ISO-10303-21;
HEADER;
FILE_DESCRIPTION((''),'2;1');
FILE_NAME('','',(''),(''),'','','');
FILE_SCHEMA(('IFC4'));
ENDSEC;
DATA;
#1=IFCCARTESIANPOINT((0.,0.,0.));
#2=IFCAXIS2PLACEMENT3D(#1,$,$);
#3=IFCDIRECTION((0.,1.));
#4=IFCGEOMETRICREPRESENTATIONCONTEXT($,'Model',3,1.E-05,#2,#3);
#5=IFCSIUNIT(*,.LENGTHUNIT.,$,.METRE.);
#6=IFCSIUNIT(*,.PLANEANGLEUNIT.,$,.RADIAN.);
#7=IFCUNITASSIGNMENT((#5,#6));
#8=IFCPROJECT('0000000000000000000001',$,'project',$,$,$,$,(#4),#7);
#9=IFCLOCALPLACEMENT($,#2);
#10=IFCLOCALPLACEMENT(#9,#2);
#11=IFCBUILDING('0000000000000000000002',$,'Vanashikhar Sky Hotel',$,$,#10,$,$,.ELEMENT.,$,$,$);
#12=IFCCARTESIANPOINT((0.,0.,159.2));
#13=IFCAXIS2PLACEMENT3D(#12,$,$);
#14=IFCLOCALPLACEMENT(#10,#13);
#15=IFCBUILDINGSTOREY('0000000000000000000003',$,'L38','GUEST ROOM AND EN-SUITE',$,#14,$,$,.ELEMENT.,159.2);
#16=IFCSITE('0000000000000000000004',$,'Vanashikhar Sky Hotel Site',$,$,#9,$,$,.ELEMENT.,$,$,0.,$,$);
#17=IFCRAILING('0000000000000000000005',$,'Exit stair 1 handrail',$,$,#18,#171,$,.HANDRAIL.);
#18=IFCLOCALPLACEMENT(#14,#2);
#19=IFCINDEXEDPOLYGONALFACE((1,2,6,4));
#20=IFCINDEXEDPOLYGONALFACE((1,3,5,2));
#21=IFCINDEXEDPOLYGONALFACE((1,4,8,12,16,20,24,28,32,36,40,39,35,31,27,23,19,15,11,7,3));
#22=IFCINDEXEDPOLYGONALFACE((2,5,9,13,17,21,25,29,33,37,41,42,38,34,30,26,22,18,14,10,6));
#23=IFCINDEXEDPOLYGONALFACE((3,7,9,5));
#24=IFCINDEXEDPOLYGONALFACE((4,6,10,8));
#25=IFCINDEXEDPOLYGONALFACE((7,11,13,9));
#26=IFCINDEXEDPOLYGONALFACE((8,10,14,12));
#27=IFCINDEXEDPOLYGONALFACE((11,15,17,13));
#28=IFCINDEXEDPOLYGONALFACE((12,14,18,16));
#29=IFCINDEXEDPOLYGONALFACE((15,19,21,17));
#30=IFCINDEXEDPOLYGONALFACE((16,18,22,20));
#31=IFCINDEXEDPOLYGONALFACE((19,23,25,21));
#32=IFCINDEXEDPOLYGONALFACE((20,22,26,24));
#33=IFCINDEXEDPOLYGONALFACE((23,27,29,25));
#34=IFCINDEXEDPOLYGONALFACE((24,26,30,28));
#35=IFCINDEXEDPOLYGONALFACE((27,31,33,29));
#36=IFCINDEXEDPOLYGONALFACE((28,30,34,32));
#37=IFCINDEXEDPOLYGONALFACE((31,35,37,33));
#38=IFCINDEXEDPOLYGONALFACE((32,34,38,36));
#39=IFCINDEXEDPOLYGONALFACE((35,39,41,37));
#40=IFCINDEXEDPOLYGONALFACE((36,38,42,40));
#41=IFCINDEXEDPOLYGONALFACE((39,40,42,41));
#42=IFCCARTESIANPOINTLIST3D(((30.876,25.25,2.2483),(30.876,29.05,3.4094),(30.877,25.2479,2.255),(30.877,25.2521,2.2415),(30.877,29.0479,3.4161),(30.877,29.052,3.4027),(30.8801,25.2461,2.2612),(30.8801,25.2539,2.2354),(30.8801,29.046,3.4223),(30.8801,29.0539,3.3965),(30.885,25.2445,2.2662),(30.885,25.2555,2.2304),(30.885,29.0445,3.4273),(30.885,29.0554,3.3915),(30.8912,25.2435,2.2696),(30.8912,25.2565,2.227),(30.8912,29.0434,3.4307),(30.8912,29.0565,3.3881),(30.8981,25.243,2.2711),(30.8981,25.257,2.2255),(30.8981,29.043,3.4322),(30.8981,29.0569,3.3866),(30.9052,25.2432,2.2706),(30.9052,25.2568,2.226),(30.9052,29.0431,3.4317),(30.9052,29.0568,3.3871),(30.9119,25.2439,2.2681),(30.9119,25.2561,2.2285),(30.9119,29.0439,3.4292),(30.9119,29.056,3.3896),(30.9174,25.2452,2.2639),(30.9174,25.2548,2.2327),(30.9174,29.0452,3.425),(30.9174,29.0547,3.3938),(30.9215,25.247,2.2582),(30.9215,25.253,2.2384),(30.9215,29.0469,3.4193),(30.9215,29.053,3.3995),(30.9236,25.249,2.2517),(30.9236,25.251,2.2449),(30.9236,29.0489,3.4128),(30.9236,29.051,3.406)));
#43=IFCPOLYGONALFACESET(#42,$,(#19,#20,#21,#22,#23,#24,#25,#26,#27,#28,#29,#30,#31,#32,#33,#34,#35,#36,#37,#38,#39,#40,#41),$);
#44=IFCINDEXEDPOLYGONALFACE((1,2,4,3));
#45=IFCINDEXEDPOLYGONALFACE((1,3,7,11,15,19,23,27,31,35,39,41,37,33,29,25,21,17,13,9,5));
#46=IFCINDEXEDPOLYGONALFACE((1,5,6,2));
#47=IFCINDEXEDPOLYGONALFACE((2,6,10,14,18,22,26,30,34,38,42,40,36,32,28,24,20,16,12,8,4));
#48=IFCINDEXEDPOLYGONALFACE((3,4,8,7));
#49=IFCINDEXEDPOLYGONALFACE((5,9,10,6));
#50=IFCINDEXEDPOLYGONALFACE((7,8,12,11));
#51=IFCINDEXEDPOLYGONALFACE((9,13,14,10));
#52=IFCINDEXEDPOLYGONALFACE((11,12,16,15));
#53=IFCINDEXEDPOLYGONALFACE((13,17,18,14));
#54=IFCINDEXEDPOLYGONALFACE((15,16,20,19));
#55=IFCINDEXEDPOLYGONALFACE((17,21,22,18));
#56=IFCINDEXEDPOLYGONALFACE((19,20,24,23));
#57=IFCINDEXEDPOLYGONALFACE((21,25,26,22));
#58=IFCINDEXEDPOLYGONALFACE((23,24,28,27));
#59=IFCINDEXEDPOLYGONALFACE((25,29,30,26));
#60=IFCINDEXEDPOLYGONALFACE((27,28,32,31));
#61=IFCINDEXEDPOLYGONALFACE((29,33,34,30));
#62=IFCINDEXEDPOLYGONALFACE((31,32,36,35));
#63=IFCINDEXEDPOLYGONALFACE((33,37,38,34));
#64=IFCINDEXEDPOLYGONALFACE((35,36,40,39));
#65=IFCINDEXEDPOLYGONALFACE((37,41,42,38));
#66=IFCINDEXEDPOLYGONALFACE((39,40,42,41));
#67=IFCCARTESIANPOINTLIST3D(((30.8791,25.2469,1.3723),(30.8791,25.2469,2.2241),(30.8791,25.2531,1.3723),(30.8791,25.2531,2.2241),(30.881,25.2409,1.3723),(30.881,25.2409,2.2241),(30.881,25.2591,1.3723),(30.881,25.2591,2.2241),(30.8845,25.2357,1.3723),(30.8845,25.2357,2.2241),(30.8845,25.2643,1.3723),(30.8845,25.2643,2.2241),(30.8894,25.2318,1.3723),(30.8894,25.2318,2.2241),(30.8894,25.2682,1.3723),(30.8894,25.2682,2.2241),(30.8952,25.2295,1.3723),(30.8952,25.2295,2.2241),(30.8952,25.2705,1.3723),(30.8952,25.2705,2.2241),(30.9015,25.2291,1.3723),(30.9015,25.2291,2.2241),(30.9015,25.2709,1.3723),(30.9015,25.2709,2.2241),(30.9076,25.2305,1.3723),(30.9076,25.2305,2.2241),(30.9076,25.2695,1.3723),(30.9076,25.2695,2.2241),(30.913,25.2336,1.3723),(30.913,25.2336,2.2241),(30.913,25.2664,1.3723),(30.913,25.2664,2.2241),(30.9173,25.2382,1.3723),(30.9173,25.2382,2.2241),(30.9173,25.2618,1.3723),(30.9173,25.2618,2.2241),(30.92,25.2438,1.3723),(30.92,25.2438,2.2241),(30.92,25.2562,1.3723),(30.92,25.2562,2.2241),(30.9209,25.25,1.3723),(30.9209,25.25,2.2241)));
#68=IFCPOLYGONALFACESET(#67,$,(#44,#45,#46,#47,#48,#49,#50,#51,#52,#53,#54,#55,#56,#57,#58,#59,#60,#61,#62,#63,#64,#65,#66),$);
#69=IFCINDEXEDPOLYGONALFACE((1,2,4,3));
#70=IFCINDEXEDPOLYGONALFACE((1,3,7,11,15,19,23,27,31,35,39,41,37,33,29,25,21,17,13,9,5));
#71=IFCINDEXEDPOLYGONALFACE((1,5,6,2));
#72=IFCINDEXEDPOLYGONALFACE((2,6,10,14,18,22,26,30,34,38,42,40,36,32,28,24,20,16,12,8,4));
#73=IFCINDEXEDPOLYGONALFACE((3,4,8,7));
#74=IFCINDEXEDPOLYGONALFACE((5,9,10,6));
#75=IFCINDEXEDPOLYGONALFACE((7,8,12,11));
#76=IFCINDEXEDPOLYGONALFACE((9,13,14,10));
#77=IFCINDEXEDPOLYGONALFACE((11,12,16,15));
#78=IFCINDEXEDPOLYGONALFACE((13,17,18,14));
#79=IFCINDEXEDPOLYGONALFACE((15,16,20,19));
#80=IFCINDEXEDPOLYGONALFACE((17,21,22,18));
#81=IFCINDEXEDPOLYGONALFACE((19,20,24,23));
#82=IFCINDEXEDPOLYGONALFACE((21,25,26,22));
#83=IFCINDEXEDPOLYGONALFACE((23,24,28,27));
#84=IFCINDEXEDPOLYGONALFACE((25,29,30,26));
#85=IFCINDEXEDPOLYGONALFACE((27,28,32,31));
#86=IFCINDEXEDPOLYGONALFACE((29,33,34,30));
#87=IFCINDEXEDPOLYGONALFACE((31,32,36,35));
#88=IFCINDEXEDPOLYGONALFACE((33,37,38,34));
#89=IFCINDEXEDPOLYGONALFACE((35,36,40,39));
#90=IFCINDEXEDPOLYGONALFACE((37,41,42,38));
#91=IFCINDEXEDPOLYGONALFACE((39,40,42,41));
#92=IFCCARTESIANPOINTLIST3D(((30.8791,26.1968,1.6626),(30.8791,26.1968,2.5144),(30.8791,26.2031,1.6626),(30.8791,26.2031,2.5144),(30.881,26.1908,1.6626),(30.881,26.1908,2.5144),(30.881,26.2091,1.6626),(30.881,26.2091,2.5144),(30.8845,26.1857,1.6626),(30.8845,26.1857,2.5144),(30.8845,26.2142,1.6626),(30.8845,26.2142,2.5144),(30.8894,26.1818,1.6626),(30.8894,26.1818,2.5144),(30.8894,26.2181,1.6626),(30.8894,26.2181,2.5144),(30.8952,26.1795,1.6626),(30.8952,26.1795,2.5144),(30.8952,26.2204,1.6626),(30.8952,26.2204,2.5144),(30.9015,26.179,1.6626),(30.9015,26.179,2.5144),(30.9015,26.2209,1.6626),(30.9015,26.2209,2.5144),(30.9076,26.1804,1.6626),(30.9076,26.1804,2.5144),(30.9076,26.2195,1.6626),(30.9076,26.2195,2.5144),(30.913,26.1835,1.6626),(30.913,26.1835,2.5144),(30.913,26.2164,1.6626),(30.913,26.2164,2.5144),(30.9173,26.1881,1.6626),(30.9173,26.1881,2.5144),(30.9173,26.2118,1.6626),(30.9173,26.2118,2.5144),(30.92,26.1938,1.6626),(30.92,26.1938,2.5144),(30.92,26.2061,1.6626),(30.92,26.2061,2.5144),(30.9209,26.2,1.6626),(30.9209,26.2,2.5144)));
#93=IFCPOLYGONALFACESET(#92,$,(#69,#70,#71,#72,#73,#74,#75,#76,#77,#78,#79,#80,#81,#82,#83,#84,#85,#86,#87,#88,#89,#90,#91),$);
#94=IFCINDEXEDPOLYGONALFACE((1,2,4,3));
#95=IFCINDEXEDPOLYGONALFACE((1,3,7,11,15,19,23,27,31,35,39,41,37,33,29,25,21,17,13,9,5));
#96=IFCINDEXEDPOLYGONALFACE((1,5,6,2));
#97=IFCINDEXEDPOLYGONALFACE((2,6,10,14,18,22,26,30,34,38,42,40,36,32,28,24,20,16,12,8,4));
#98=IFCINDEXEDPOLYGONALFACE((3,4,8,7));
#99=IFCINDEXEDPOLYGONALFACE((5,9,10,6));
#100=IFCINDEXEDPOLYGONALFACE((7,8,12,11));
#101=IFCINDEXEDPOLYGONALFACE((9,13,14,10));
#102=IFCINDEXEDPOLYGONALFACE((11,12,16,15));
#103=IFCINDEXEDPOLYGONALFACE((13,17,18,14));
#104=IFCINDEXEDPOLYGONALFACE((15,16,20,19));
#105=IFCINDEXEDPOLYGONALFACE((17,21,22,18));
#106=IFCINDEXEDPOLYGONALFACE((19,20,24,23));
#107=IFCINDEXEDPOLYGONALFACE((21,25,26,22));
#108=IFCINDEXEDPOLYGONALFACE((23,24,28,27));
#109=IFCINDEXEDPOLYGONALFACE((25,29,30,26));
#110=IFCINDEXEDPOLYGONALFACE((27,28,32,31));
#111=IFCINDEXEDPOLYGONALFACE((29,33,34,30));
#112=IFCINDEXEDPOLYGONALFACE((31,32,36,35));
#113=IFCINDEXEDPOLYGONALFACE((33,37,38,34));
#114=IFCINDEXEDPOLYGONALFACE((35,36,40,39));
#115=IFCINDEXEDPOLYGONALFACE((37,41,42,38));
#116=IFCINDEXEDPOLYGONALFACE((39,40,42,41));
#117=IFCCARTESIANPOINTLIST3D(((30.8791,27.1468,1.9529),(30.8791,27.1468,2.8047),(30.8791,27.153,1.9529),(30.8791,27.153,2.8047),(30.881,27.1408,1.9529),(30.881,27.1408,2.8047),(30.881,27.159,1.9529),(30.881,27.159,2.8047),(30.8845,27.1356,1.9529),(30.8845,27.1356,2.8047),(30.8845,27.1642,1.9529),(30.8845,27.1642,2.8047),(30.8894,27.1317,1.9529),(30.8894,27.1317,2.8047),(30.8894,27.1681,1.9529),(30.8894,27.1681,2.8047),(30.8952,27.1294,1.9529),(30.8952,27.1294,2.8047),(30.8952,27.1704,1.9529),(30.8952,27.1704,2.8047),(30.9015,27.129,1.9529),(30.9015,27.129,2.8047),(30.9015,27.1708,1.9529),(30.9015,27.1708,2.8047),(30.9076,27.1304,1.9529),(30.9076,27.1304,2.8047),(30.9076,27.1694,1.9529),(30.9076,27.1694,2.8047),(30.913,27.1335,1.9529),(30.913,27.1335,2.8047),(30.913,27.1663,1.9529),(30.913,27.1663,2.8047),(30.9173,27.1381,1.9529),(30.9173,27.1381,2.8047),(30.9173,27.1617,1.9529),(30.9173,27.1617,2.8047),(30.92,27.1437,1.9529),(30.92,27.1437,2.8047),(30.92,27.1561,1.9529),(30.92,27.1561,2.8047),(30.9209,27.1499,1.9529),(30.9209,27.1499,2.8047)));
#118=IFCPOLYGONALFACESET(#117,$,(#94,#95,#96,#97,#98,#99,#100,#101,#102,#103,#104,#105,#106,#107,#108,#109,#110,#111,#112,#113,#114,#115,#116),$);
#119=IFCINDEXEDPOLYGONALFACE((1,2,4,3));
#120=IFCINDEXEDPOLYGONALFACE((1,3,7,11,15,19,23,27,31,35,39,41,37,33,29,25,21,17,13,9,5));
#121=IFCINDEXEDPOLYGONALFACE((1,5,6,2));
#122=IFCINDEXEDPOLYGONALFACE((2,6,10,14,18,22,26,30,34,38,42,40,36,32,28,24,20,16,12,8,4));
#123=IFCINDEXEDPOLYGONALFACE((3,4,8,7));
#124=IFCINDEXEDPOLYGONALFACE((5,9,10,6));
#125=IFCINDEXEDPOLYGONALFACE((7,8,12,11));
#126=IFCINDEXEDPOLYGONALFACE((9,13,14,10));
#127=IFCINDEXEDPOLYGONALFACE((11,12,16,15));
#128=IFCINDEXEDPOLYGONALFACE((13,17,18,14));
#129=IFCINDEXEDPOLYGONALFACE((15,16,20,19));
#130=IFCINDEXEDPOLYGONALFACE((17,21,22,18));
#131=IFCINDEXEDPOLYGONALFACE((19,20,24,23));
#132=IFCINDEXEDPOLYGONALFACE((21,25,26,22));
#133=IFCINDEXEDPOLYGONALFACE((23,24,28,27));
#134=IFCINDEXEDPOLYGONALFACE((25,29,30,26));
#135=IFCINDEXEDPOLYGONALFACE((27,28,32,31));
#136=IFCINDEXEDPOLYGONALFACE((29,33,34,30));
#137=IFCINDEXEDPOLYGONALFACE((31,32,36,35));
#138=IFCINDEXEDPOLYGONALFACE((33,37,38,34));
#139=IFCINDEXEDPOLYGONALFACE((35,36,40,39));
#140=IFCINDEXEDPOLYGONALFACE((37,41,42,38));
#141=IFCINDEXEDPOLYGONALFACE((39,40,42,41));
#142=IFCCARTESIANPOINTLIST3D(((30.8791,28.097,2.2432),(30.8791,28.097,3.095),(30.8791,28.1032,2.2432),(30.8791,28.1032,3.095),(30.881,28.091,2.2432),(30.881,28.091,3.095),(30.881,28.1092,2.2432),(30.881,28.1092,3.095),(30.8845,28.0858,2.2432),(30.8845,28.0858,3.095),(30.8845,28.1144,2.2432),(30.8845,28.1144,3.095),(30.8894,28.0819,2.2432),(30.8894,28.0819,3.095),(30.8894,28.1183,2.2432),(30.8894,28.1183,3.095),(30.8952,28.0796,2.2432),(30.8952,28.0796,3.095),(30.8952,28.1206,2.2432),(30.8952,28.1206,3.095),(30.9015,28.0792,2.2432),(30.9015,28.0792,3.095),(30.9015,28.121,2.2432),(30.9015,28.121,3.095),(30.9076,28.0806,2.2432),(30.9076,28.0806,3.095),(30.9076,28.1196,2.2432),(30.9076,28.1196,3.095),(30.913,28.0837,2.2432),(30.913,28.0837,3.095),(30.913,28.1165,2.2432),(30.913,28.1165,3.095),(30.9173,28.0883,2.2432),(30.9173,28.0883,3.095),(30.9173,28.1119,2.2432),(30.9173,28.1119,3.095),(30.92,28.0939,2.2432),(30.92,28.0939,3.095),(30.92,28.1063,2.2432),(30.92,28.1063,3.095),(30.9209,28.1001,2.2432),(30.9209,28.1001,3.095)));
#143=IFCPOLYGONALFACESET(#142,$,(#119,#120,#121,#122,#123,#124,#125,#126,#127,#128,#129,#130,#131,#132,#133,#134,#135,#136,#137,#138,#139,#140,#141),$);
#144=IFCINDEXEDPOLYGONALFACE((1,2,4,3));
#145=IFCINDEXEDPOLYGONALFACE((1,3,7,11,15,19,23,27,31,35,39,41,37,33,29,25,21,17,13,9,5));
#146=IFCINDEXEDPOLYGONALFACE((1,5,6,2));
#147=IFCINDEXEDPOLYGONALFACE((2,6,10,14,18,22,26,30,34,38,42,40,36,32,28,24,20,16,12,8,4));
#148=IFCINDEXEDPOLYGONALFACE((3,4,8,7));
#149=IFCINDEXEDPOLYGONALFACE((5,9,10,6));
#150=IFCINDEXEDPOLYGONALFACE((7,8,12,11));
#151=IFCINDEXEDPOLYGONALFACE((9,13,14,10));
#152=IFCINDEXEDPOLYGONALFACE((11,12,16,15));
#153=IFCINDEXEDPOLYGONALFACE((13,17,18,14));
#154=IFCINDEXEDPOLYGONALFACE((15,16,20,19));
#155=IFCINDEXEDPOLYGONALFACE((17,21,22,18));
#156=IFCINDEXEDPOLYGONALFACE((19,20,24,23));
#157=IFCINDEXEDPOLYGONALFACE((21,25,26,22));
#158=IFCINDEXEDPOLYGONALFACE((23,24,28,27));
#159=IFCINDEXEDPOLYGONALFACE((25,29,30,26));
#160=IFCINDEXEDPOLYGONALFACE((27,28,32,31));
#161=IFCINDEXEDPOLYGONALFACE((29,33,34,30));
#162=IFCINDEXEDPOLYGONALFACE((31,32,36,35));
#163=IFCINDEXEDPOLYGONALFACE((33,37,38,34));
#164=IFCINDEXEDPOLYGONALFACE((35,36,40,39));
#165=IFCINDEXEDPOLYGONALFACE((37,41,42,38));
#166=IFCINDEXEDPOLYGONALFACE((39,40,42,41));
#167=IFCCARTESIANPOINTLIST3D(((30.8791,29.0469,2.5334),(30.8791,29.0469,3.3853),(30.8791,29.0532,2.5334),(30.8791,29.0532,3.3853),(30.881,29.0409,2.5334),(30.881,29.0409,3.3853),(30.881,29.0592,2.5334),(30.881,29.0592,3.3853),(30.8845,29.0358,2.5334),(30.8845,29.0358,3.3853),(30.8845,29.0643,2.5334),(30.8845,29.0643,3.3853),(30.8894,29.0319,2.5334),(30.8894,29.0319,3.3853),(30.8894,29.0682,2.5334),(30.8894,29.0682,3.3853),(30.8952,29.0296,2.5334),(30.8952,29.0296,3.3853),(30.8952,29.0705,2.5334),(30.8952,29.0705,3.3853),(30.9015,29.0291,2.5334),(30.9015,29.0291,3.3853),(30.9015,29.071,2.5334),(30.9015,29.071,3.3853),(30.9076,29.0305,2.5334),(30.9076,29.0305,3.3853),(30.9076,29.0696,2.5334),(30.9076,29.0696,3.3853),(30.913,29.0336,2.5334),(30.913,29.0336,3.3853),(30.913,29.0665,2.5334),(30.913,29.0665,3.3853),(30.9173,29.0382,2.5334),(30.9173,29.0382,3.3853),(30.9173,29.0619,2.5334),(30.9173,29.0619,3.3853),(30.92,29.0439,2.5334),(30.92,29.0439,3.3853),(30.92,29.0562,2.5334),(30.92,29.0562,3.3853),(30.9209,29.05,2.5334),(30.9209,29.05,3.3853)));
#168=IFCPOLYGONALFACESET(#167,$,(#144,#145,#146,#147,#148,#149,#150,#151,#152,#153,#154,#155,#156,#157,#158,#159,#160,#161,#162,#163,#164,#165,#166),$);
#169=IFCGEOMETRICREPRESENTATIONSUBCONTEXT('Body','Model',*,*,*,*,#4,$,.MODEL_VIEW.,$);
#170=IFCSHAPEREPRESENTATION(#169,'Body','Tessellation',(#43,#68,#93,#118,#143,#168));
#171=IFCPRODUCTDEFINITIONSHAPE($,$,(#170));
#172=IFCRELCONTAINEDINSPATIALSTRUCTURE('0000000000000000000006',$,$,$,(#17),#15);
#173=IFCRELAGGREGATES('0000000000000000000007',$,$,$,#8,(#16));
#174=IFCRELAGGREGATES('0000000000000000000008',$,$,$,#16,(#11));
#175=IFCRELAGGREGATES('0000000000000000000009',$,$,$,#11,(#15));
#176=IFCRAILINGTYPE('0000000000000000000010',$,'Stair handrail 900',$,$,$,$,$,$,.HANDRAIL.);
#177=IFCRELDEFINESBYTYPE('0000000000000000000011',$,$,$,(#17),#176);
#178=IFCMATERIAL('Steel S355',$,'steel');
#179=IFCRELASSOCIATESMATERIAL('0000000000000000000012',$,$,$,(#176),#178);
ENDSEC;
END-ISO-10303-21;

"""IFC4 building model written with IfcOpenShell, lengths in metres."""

from ifc_helpers import new_model, si_unit, direction, frame, origin, origin_2d, place, context, subcontext, project, spatial, circle, extrude, source, transform, mapped, material, type_object, element, save


model = new_model("IFC4")

# Units and contexts
model_context = context("Model", 3, precision=1e-05, world=origin(), true_north=direction((0.0, 1.0)))
body_context = subcontext(model_context, "Body", "Model", "MODEL_VIEW")
ifc_project = project(units=[si_unit("LENGTHUNIT", "METRE"), si_unit("PLANEANGLEUNIT", "RADIAN")], contexts=[model_context])

# Site, building, storey
site_placement = place(None, origin())
site = spatial("IfcSite", under=ifc_project, at=site_placement, Name="Vanashikhar Sky Hotel Site", CompositionType="ELEMENT", RefElevation=0.0)
building_placement = place(site_placement, origin())
building = spatial("IfcBuilding", under=site, at=building_placement, Name="Vanashikhar Sky Hotel", CompositionType="ELEMENT")
storey_placement = place(building_placement, frame((0.0, 0.0, 159.2)))
storey = spatial("IfcBuildingStorey", under=building, at=storey_placement, Name="L38", Description="GUEST ROOM AND EN-SUITE", CompositionType="ELEMENT", Elevation=159.2)

# Railing
ifc_material_1 = material(Name="Steel S355", Category="steel")
railing_type_1 = type_object("IfcRailingType", Name="Stair handrail 900", PredefinedType="HANDRAIL", material=ifc_material_1)
shared_shape_1 = source(origin(), body_context, "Body", "SweptSolid", [
    extrude(circle(Radius=0.0239, at=origin_2d()), frame((0.0, 0.0, 0.876), z_axis=(0.0, 0.956351, 0.29222), x_axis=(-1.0, 0.0, 0.0)), (0.0, 0.0, 1.0), 3.9734),
    extrude(circle(Radius=0.021, at=origin_2d()), origin(), (0.0, 0.0, 1.0), 0.8518),
    extrude(circle(Radius=0.021, at=origin_2d()), frame((0.0, 0.95, 0.2903)), (0.0, 0.0, 1.0), 0.8518),
    extrude(circle(Radius=0.021, at=origin_2d()), frame((0.0, 1.8999, 0.5806)), (0.0, 0.0, 1.0), 0.8518),
    extrude(circle(Radius=0.021, at=origin_2d()), frame((0.0, 2.8501, 0.8708)), (0.0, 0.0, 1.0), 0.8518),
    extrude(circle(Radius=0.021, at=origin_2d()), frame((0.0, 3.8, 1.1611)), (0.0, 0.0, 1.0), 0.8518),
])
railing_1_placement = place(storey_placement, frame((30.8999, 25.25, 1.3723)))
element("IfcRailing", 1, at=railing_1_placement, inside=storey, type_object=railing_type_1, Name="Exit stair 1 handrail", PredefinedType="HANDRAIL", context=body_context, shape_type="MappedRepresentation", body=[
    mapped(shared_shape_1, transform((0.0, 0.0, 0.0), scale=1.0)),
])

save(model, "model.ifc")
